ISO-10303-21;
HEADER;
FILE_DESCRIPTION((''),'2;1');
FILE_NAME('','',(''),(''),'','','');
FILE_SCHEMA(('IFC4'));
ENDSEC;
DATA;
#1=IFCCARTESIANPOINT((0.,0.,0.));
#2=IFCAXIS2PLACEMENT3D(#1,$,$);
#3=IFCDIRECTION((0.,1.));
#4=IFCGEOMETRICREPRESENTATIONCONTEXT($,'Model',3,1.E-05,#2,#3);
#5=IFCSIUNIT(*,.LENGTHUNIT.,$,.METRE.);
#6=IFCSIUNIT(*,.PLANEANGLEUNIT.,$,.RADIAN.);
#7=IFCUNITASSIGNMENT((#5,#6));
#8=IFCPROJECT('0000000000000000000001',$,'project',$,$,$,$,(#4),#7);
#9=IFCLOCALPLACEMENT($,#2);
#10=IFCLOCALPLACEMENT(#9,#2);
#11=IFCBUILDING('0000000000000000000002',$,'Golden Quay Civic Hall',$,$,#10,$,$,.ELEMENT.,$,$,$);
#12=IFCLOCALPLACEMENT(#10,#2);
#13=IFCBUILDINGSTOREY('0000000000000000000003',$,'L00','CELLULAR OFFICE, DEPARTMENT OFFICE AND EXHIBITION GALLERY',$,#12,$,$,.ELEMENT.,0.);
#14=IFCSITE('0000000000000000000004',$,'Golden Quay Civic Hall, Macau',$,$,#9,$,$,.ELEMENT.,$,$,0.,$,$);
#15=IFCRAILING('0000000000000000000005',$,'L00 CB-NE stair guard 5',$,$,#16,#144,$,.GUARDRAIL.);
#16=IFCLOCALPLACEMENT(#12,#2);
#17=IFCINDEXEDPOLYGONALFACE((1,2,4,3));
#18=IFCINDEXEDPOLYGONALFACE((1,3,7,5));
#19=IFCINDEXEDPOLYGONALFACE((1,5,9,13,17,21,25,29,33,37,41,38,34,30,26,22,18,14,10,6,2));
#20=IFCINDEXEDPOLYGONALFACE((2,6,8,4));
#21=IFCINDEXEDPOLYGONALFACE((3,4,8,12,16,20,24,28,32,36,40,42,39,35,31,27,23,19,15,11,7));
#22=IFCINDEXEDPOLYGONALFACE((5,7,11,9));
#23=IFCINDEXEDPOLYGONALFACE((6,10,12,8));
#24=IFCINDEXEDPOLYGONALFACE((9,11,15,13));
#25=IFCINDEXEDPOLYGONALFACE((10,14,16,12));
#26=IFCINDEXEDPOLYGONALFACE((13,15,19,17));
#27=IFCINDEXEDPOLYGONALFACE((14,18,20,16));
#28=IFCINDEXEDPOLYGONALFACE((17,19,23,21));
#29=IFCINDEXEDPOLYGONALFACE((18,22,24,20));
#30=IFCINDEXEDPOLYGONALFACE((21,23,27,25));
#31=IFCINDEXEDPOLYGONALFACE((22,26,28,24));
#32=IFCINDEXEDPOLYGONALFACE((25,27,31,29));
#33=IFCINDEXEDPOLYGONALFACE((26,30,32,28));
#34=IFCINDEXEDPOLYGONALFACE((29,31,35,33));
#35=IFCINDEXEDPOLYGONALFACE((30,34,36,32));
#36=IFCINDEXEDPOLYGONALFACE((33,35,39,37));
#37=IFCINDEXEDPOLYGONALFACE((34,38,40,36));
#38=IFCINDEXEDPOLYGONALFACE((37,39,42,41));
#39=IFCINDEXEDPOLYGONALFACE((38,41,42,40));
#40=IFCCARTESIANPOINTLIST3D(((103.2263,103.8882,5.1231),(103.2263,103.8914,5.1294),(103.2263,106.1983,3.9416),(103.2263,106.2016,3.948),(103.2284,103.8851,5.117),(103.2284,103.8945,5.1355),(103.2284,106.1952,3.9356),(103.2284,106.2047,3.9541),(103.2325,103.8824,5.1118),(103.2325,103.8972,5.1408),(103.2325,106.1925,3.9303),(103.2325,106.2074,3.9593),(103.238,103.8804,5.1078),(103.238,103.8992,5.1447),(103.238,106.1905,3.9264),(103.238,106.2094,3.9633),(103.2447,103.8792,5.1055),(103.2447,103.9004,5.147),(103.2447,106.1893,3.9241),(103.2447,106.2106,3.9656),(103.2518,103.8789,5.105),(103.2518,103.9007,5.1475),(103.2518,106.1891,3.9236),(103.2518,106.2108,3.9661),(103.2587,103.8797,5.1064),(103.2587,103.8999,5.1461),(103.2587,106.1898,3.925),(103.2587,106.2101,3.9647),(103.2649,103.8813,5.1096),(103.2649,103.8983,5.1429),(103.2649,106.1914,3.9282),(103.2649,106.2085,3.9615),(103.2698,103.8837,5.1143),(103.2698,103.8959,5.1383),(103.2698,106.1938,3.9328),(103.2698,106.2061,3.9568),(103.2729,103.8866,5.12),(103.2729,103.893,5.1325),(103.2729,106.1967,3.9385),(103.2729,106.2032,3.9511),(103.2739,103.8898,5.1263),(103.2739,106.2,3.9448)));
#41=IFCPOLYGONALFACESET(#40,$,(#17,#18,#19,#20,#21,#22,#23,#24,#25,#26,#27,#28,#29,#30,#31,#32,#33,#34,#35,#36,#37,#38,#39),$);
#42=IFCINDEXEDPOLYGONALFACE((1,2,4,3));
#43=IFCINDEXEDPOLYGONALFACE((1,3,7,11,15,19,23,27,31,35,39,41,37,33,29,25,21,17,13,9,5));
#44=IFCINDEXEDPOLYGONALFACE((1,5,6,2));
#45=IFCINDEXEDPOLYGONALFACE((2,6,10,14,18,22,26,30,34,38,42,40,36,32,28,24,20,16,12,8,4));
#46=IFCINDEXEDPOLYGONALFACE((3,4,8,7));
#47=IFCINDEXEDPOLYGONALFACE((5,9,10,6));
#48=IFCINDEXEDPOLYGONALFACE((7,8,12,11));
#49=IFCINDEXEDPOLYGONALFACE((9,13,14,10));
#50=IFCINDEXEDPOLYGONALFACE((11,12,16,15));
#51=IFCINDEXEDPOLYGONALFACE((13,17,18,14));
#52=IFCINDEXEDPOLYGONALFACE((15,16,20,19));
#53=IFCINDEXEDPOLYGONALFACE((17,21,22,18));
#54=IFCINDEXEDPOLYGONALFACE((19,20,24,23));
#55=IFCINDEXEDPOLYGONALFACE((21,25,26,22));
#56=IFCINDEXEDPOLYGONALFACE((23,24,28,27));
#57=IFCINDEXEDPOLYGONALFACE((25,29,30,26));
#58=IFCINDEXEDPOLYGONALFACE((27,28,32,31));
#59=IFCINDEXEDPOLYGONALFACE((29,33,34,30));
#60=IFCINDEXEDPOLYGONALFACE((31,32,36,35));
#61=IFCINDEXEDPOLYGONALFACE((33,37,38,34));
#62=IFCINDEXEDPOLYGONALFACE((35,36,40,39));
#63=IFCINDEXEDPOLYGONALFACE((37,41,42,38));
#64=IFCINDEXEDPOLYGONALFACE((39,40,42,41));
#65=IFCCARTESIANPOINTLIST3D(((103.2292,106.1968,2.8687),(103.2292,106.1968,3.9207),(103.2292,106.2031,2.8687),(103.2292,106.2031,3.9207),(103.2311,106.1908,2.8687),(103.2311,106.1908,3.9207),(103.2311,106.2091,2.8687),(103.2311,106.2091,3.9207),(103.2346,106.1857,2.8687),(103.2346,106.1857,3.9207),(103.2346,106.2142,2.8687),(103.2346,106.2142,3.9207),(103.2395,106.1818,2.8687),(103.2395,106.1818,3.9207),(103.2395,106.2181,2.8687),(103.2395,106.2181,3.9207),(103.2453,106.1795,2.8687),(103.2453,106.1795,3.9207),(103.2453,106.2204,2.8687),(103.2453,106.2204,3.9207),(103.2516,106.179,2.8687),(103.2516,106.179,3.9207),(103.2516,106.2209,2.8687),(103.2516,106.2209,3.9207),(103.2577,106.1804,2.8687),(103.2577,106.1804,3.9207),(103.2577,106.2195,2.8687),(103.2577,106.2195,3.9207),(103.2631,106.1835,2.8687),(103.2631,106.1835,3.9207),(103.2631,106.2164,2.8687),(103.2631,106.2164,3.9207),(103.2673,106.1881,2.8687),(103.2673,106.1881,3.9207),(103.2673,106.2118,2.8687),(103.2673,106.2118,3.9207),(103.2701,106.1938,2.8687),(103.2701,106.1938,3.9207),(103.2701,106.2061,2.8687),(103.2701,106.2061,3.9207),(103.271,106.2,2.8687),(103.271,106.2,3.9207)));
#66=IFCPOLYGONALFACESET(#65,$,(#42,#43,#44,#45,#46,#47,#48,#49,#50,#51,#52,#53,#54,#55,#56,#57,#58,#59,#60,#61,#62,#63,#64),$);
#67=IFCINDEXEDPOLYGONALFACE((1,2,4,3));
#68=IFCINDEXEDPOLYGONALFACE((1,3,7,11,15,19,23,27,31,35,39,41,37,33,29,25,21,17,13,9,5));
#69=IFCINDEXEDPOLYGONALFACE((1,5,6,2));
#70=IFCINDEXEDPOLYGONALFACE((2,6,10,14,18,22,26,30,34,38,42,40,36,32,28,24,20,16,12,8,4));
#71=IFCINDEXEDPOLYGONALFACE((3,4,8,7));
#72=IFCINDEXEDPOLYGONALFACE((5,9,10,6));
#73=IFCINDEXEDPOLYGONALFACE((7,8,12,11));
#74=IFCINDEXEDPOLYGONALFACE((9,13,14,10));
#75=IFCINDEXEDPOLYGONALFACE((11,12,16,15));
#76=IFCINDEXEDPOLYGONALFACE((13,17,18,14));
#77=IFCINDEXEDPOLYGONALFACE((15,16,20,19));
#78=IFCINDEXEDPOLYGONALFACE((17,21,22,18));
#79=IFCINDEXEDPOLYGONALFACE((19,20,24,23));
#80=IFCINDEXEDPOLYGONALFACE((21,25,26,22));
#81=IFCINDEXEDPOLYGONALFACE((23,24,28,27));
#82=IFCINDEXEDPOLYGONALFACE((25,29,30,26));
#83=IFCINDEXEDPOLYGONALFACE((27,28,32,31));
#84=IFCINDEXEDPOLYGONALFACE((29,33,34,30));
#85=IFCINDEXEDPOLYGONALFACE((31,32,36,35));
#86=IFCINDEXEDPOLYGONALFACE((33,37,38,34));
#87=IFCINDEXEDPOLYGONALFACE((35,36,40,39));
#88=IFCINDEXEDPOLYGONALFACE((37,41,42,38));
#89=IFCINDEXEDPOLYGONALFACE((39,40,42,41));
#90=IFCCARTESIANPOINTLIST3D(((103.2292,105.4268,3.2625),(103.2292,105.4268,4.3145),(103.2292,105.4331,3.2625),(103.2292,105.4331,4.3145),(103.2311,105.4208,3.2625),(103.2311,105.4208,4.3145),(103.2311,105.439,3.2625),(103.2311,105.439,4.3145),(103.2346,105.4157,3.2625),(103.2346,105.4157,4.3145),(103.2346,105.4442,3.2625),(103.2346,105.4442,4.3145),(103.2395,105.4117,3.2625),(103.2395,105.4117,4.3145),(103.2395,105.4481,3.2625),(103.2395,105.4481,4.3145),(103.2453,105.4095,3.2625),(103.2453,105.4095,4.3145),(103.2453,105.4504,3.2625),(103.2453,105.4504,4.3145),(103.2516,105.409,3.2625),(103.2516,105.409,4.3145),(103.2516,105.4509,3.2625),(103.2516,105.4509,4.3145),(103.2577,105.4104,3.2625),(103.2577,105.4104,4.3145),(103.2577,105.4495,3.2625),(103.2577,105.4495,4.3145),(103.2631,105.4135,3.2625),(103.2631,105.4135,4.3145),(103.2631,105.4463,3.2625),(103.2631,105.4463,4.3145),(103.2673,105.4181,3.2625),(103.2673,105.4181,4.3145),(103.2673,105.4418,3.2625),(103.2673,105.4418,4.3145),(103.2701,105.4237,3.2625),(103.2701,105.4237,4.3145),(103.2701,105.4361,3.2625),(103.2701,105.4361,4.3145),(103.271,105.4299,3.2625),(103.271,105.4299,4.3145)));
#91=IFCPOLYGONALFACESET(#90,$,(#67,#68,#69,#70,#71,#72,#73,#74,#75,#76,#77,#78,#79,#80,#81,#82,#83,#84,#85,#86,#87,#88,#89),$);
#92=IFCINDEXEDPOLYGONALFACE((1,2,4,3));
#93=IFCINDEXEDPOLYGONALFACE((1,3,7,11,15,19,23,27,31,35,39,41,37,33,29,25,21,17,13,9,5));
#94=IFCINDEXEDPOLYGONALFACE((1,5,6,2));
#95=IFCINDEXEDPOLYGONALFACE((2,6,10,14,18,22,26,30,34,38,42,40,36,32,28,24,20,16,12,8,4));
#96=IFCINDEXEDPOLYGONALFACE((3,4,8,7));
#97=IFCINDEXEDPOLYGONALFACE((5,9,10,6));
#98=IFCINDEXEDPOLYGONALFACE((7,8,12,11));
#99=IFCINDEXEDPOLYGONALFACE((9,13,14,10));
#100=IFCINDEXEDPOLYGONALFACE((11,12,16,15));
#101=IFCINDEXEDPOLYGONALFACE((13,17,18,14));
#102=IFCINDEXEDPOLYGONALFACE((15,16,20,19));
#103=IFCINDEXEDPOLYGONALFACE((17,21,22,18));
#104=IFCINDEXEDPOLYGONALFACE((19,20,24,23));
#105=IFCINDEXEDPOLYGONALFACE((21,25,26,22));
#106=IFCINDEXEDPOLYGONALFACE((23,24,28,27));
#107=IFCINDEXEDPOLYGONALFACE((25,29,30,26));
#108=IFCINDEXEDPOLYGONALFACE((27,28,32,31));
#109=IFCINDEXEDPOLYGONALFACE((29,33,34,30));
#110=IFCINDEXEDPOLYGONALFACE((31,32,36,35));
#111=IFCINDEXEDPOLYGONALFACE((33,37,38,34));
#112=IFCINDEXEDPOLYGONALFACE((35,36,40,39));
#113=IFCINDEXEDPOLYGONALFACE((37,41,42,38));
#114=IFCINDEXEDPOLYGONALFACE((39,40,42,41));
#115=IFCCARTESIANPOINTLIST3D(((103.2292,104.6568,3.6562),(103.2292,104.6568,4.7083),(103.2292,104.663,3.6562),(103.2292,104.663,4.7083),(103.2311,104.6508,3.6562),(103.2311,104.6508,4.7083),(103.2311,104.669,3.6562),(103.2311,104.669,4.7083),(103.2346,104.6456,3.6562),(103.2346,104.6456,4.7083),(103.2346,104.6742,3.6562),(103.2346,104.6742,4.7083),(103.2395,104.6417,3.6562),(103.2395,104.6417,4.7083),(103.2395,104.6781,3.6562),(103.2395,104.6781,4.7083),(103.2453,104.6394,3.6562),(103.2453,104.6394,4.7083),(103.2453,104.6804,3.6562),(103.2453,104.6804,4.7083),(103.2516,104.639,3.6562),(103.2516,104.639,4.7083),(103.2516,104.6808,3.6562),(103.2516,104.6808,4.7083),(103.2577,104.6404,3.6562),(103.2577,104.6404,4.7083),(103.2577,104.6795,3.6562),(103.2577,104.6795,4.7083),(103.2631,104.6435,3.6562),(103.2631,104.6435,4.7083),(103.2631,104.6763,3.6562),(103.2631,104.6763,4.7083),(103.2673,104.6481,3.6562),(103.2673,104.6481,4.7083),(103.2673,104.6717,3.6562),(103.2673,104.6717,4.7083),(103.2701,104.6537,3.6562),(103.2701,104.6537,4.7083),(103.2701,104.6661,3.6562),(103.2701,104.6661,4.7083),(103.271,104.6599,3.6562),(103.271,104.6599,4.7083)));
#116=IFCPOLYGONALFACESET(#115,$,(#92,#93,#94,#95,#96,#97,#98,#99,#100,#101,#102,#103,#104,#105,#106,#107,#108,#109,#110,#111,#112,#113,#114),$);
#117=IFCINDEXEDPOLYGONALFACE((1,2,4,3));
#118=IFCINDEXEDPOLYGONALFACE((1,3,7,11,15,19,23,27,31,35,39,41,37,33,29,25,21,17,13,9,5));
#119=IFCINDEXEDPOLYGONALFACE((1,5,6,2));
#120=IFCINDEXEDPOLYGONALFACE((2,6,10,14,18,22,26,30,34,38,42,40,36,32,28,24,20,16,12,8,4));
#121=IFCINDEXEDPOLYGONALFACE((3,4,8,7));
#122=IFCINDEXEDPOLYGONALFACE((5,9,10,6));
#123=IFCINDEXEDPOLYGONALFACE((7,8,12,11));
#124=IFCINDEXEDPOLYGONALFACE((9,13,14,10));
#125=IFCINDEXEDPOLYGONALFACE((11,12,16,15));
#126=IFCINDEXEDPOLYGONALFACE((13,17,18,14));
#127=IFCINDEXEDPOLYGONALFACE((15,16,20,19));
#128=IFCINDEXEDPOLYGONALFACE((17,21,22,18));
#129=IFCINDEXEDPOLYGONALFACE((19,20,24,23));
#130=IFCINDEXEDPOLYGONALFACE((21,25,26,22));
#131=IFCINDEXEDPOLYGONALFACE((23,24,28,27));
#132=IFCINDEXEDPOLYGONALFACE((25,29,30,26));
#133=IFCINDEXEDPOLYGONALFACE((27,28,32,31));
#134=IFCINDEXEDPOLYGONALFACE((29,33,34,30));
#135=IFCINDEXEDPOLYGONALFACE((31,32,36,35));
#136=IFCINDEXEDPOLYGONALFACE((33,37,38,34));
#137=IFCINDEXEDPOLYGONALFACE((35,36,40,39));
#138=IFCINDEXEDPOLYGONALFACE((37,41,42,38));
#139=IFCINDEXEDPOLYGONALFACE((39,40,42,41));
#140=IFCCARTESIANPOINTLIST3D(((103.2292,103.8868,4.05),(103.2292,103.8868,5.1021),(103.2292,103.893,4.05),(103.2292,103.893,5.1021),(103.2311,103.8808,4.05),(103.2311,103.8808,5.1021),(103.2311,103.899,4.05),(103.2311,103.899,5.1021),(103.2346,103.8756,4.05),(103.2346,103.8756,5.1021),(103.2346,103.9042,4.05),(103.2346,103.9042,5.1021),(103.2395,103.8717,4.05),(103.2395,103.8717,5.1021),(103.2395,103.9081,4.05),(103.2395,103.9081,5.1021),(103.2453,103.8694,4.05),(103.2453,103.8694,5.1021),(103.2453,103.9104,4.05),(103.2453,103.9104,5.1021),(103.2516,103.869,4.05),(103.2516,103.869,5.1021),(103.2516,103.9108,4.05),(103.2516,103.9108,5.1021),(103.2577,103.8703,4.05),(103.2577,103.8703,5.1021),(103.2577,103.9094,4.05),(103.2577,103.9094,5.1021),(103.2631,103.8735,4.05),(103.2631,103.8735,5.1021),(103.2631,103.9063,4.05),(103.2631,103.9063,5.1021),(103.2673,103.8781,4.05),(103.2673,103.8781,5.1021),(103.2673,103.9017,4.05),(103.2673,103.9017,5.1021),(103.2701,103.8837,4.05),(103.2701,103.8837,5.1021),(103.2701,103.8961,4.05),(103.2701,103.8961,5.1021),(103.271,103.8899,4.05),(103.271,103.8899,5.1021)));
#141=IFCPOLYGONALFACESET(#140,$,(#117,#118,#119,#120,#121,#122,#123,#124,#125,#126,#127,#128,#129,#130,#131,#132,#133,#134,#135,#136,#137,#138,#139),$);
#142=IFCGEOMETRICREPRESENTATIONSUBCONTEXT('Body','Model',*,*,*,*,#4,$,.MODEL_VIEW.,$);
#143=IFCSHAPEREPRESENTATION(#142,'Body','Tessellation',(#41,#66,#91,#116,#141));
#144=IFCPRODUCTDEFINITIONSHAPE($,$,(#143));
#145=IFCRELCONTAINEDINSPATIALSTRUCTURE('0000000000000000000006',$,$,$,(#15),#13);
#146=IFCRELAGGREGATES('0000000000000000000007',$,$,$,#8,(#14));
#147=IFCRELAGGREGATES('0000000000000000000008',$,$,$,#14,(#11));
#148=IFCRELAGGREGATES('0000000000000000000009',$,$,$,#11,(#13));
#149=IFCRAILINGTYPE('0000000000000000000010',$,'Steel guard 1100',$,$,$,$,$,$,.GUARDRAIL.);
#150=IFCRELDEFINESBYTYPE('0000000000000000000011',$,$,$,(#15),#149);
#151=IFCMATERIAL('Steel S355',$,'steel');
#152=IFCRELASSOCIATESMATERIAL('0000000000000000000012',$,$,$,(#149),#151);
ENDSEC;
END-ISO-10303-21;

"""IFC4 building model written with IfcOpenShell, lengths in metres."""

from ifc_helpers import new_model, si_unit, direction, frame, origin, origin_2d, place, context, subcontext, project, spatial, circle, extrude, material, type_object, element, save


model = new_model("IFC4")

# Units and contexts
model_context = context("Model", 3, precision=1e-05, world=origin(), true_north=direction((0.0, 1.0)))
body_context = subcontext(model_context, "Body", "Model", "MODEL_VIEW")
ifc_project = project(units=[si_unit("LENGTHUNIT", "METRE"), si_unit("PLANEANGLEUNIT", "RADIAN")], contexts=[model_context])

# Site, building, storey
site_placement = place(None, origin())
site = spatial("IfcSite", under=ifc_project, at=site_placement, Name="Golden Quay Civic Hall, Macau", CompositionType="ELEMENT", RefElevation=0.0)
building_placement = place(site_placement, origin())
building = spatial("IfcBuilding", under=site, at=building_placement, Name="Golden Quay Civic Hall", CompositionType="ELEMENT")
storey_placement = place(building_placement, origin())
storey = spatial("IfcBuildingStorey", under=building, at=storey_placement, Name="L00", Description="CELLULAR OFFICE, DEPARTMENT OFFICE AND EXHIBITION GALLERY", CompositionType="ELEMENT", Elevation=0.0)

# Railing
ifc_material_1 = material(Name="Steel S355", Category="steel")
railing_type_1 = type_object("IfcRailingType", Name="Steel guard 1100", PredefinedType="GUARDRAIL", material=ifc_material_1)
railing_1_placement = place(storey_placement, frame((103.25, 106.2, 2.8687)))
element("IfcRailing", 1, at=railing_1_placement, inside=storey, type_object=railing_type_1, Name="L00 CB-NE stair guard 5", PredefinedType="GUARDRAIL", context=body_context, shape_type="SweptSolid", body=[
    extrude(circle(Radius=0.0239, at=origin_2d()), frame((0.0, 0.0, 1.0762), z_axis=(0.0, -0.890325, 0.455325), x_axis=(1.0, 0.0, 0.0)), (0.0, 0.0, 1.0), 2.5947),
    extrude(circle(Radius=0.021, at=origin_2d()), origin(), (0.0, 0.0, 1.0), 1.052),
    extrude(circle(Radius=0.021, at=origin_2d()), frame((0.0, -0.77, 0.3938)), (0.0, 0.0, 1.0), 1.052),
    extrude(circle(Radius=0.021, at=origin_2d()), frame((0.0, -1.54, 0.7876)), (0.0, 0.0, 1.0), 1.052),
    extrude(circle(Radius=0.021, at=origin_2d()), frame((0.0, -2.3101, 1.1814)), (0.0, 0.0, 1.0), 1.052),
])

save(model, "model.ifc")
